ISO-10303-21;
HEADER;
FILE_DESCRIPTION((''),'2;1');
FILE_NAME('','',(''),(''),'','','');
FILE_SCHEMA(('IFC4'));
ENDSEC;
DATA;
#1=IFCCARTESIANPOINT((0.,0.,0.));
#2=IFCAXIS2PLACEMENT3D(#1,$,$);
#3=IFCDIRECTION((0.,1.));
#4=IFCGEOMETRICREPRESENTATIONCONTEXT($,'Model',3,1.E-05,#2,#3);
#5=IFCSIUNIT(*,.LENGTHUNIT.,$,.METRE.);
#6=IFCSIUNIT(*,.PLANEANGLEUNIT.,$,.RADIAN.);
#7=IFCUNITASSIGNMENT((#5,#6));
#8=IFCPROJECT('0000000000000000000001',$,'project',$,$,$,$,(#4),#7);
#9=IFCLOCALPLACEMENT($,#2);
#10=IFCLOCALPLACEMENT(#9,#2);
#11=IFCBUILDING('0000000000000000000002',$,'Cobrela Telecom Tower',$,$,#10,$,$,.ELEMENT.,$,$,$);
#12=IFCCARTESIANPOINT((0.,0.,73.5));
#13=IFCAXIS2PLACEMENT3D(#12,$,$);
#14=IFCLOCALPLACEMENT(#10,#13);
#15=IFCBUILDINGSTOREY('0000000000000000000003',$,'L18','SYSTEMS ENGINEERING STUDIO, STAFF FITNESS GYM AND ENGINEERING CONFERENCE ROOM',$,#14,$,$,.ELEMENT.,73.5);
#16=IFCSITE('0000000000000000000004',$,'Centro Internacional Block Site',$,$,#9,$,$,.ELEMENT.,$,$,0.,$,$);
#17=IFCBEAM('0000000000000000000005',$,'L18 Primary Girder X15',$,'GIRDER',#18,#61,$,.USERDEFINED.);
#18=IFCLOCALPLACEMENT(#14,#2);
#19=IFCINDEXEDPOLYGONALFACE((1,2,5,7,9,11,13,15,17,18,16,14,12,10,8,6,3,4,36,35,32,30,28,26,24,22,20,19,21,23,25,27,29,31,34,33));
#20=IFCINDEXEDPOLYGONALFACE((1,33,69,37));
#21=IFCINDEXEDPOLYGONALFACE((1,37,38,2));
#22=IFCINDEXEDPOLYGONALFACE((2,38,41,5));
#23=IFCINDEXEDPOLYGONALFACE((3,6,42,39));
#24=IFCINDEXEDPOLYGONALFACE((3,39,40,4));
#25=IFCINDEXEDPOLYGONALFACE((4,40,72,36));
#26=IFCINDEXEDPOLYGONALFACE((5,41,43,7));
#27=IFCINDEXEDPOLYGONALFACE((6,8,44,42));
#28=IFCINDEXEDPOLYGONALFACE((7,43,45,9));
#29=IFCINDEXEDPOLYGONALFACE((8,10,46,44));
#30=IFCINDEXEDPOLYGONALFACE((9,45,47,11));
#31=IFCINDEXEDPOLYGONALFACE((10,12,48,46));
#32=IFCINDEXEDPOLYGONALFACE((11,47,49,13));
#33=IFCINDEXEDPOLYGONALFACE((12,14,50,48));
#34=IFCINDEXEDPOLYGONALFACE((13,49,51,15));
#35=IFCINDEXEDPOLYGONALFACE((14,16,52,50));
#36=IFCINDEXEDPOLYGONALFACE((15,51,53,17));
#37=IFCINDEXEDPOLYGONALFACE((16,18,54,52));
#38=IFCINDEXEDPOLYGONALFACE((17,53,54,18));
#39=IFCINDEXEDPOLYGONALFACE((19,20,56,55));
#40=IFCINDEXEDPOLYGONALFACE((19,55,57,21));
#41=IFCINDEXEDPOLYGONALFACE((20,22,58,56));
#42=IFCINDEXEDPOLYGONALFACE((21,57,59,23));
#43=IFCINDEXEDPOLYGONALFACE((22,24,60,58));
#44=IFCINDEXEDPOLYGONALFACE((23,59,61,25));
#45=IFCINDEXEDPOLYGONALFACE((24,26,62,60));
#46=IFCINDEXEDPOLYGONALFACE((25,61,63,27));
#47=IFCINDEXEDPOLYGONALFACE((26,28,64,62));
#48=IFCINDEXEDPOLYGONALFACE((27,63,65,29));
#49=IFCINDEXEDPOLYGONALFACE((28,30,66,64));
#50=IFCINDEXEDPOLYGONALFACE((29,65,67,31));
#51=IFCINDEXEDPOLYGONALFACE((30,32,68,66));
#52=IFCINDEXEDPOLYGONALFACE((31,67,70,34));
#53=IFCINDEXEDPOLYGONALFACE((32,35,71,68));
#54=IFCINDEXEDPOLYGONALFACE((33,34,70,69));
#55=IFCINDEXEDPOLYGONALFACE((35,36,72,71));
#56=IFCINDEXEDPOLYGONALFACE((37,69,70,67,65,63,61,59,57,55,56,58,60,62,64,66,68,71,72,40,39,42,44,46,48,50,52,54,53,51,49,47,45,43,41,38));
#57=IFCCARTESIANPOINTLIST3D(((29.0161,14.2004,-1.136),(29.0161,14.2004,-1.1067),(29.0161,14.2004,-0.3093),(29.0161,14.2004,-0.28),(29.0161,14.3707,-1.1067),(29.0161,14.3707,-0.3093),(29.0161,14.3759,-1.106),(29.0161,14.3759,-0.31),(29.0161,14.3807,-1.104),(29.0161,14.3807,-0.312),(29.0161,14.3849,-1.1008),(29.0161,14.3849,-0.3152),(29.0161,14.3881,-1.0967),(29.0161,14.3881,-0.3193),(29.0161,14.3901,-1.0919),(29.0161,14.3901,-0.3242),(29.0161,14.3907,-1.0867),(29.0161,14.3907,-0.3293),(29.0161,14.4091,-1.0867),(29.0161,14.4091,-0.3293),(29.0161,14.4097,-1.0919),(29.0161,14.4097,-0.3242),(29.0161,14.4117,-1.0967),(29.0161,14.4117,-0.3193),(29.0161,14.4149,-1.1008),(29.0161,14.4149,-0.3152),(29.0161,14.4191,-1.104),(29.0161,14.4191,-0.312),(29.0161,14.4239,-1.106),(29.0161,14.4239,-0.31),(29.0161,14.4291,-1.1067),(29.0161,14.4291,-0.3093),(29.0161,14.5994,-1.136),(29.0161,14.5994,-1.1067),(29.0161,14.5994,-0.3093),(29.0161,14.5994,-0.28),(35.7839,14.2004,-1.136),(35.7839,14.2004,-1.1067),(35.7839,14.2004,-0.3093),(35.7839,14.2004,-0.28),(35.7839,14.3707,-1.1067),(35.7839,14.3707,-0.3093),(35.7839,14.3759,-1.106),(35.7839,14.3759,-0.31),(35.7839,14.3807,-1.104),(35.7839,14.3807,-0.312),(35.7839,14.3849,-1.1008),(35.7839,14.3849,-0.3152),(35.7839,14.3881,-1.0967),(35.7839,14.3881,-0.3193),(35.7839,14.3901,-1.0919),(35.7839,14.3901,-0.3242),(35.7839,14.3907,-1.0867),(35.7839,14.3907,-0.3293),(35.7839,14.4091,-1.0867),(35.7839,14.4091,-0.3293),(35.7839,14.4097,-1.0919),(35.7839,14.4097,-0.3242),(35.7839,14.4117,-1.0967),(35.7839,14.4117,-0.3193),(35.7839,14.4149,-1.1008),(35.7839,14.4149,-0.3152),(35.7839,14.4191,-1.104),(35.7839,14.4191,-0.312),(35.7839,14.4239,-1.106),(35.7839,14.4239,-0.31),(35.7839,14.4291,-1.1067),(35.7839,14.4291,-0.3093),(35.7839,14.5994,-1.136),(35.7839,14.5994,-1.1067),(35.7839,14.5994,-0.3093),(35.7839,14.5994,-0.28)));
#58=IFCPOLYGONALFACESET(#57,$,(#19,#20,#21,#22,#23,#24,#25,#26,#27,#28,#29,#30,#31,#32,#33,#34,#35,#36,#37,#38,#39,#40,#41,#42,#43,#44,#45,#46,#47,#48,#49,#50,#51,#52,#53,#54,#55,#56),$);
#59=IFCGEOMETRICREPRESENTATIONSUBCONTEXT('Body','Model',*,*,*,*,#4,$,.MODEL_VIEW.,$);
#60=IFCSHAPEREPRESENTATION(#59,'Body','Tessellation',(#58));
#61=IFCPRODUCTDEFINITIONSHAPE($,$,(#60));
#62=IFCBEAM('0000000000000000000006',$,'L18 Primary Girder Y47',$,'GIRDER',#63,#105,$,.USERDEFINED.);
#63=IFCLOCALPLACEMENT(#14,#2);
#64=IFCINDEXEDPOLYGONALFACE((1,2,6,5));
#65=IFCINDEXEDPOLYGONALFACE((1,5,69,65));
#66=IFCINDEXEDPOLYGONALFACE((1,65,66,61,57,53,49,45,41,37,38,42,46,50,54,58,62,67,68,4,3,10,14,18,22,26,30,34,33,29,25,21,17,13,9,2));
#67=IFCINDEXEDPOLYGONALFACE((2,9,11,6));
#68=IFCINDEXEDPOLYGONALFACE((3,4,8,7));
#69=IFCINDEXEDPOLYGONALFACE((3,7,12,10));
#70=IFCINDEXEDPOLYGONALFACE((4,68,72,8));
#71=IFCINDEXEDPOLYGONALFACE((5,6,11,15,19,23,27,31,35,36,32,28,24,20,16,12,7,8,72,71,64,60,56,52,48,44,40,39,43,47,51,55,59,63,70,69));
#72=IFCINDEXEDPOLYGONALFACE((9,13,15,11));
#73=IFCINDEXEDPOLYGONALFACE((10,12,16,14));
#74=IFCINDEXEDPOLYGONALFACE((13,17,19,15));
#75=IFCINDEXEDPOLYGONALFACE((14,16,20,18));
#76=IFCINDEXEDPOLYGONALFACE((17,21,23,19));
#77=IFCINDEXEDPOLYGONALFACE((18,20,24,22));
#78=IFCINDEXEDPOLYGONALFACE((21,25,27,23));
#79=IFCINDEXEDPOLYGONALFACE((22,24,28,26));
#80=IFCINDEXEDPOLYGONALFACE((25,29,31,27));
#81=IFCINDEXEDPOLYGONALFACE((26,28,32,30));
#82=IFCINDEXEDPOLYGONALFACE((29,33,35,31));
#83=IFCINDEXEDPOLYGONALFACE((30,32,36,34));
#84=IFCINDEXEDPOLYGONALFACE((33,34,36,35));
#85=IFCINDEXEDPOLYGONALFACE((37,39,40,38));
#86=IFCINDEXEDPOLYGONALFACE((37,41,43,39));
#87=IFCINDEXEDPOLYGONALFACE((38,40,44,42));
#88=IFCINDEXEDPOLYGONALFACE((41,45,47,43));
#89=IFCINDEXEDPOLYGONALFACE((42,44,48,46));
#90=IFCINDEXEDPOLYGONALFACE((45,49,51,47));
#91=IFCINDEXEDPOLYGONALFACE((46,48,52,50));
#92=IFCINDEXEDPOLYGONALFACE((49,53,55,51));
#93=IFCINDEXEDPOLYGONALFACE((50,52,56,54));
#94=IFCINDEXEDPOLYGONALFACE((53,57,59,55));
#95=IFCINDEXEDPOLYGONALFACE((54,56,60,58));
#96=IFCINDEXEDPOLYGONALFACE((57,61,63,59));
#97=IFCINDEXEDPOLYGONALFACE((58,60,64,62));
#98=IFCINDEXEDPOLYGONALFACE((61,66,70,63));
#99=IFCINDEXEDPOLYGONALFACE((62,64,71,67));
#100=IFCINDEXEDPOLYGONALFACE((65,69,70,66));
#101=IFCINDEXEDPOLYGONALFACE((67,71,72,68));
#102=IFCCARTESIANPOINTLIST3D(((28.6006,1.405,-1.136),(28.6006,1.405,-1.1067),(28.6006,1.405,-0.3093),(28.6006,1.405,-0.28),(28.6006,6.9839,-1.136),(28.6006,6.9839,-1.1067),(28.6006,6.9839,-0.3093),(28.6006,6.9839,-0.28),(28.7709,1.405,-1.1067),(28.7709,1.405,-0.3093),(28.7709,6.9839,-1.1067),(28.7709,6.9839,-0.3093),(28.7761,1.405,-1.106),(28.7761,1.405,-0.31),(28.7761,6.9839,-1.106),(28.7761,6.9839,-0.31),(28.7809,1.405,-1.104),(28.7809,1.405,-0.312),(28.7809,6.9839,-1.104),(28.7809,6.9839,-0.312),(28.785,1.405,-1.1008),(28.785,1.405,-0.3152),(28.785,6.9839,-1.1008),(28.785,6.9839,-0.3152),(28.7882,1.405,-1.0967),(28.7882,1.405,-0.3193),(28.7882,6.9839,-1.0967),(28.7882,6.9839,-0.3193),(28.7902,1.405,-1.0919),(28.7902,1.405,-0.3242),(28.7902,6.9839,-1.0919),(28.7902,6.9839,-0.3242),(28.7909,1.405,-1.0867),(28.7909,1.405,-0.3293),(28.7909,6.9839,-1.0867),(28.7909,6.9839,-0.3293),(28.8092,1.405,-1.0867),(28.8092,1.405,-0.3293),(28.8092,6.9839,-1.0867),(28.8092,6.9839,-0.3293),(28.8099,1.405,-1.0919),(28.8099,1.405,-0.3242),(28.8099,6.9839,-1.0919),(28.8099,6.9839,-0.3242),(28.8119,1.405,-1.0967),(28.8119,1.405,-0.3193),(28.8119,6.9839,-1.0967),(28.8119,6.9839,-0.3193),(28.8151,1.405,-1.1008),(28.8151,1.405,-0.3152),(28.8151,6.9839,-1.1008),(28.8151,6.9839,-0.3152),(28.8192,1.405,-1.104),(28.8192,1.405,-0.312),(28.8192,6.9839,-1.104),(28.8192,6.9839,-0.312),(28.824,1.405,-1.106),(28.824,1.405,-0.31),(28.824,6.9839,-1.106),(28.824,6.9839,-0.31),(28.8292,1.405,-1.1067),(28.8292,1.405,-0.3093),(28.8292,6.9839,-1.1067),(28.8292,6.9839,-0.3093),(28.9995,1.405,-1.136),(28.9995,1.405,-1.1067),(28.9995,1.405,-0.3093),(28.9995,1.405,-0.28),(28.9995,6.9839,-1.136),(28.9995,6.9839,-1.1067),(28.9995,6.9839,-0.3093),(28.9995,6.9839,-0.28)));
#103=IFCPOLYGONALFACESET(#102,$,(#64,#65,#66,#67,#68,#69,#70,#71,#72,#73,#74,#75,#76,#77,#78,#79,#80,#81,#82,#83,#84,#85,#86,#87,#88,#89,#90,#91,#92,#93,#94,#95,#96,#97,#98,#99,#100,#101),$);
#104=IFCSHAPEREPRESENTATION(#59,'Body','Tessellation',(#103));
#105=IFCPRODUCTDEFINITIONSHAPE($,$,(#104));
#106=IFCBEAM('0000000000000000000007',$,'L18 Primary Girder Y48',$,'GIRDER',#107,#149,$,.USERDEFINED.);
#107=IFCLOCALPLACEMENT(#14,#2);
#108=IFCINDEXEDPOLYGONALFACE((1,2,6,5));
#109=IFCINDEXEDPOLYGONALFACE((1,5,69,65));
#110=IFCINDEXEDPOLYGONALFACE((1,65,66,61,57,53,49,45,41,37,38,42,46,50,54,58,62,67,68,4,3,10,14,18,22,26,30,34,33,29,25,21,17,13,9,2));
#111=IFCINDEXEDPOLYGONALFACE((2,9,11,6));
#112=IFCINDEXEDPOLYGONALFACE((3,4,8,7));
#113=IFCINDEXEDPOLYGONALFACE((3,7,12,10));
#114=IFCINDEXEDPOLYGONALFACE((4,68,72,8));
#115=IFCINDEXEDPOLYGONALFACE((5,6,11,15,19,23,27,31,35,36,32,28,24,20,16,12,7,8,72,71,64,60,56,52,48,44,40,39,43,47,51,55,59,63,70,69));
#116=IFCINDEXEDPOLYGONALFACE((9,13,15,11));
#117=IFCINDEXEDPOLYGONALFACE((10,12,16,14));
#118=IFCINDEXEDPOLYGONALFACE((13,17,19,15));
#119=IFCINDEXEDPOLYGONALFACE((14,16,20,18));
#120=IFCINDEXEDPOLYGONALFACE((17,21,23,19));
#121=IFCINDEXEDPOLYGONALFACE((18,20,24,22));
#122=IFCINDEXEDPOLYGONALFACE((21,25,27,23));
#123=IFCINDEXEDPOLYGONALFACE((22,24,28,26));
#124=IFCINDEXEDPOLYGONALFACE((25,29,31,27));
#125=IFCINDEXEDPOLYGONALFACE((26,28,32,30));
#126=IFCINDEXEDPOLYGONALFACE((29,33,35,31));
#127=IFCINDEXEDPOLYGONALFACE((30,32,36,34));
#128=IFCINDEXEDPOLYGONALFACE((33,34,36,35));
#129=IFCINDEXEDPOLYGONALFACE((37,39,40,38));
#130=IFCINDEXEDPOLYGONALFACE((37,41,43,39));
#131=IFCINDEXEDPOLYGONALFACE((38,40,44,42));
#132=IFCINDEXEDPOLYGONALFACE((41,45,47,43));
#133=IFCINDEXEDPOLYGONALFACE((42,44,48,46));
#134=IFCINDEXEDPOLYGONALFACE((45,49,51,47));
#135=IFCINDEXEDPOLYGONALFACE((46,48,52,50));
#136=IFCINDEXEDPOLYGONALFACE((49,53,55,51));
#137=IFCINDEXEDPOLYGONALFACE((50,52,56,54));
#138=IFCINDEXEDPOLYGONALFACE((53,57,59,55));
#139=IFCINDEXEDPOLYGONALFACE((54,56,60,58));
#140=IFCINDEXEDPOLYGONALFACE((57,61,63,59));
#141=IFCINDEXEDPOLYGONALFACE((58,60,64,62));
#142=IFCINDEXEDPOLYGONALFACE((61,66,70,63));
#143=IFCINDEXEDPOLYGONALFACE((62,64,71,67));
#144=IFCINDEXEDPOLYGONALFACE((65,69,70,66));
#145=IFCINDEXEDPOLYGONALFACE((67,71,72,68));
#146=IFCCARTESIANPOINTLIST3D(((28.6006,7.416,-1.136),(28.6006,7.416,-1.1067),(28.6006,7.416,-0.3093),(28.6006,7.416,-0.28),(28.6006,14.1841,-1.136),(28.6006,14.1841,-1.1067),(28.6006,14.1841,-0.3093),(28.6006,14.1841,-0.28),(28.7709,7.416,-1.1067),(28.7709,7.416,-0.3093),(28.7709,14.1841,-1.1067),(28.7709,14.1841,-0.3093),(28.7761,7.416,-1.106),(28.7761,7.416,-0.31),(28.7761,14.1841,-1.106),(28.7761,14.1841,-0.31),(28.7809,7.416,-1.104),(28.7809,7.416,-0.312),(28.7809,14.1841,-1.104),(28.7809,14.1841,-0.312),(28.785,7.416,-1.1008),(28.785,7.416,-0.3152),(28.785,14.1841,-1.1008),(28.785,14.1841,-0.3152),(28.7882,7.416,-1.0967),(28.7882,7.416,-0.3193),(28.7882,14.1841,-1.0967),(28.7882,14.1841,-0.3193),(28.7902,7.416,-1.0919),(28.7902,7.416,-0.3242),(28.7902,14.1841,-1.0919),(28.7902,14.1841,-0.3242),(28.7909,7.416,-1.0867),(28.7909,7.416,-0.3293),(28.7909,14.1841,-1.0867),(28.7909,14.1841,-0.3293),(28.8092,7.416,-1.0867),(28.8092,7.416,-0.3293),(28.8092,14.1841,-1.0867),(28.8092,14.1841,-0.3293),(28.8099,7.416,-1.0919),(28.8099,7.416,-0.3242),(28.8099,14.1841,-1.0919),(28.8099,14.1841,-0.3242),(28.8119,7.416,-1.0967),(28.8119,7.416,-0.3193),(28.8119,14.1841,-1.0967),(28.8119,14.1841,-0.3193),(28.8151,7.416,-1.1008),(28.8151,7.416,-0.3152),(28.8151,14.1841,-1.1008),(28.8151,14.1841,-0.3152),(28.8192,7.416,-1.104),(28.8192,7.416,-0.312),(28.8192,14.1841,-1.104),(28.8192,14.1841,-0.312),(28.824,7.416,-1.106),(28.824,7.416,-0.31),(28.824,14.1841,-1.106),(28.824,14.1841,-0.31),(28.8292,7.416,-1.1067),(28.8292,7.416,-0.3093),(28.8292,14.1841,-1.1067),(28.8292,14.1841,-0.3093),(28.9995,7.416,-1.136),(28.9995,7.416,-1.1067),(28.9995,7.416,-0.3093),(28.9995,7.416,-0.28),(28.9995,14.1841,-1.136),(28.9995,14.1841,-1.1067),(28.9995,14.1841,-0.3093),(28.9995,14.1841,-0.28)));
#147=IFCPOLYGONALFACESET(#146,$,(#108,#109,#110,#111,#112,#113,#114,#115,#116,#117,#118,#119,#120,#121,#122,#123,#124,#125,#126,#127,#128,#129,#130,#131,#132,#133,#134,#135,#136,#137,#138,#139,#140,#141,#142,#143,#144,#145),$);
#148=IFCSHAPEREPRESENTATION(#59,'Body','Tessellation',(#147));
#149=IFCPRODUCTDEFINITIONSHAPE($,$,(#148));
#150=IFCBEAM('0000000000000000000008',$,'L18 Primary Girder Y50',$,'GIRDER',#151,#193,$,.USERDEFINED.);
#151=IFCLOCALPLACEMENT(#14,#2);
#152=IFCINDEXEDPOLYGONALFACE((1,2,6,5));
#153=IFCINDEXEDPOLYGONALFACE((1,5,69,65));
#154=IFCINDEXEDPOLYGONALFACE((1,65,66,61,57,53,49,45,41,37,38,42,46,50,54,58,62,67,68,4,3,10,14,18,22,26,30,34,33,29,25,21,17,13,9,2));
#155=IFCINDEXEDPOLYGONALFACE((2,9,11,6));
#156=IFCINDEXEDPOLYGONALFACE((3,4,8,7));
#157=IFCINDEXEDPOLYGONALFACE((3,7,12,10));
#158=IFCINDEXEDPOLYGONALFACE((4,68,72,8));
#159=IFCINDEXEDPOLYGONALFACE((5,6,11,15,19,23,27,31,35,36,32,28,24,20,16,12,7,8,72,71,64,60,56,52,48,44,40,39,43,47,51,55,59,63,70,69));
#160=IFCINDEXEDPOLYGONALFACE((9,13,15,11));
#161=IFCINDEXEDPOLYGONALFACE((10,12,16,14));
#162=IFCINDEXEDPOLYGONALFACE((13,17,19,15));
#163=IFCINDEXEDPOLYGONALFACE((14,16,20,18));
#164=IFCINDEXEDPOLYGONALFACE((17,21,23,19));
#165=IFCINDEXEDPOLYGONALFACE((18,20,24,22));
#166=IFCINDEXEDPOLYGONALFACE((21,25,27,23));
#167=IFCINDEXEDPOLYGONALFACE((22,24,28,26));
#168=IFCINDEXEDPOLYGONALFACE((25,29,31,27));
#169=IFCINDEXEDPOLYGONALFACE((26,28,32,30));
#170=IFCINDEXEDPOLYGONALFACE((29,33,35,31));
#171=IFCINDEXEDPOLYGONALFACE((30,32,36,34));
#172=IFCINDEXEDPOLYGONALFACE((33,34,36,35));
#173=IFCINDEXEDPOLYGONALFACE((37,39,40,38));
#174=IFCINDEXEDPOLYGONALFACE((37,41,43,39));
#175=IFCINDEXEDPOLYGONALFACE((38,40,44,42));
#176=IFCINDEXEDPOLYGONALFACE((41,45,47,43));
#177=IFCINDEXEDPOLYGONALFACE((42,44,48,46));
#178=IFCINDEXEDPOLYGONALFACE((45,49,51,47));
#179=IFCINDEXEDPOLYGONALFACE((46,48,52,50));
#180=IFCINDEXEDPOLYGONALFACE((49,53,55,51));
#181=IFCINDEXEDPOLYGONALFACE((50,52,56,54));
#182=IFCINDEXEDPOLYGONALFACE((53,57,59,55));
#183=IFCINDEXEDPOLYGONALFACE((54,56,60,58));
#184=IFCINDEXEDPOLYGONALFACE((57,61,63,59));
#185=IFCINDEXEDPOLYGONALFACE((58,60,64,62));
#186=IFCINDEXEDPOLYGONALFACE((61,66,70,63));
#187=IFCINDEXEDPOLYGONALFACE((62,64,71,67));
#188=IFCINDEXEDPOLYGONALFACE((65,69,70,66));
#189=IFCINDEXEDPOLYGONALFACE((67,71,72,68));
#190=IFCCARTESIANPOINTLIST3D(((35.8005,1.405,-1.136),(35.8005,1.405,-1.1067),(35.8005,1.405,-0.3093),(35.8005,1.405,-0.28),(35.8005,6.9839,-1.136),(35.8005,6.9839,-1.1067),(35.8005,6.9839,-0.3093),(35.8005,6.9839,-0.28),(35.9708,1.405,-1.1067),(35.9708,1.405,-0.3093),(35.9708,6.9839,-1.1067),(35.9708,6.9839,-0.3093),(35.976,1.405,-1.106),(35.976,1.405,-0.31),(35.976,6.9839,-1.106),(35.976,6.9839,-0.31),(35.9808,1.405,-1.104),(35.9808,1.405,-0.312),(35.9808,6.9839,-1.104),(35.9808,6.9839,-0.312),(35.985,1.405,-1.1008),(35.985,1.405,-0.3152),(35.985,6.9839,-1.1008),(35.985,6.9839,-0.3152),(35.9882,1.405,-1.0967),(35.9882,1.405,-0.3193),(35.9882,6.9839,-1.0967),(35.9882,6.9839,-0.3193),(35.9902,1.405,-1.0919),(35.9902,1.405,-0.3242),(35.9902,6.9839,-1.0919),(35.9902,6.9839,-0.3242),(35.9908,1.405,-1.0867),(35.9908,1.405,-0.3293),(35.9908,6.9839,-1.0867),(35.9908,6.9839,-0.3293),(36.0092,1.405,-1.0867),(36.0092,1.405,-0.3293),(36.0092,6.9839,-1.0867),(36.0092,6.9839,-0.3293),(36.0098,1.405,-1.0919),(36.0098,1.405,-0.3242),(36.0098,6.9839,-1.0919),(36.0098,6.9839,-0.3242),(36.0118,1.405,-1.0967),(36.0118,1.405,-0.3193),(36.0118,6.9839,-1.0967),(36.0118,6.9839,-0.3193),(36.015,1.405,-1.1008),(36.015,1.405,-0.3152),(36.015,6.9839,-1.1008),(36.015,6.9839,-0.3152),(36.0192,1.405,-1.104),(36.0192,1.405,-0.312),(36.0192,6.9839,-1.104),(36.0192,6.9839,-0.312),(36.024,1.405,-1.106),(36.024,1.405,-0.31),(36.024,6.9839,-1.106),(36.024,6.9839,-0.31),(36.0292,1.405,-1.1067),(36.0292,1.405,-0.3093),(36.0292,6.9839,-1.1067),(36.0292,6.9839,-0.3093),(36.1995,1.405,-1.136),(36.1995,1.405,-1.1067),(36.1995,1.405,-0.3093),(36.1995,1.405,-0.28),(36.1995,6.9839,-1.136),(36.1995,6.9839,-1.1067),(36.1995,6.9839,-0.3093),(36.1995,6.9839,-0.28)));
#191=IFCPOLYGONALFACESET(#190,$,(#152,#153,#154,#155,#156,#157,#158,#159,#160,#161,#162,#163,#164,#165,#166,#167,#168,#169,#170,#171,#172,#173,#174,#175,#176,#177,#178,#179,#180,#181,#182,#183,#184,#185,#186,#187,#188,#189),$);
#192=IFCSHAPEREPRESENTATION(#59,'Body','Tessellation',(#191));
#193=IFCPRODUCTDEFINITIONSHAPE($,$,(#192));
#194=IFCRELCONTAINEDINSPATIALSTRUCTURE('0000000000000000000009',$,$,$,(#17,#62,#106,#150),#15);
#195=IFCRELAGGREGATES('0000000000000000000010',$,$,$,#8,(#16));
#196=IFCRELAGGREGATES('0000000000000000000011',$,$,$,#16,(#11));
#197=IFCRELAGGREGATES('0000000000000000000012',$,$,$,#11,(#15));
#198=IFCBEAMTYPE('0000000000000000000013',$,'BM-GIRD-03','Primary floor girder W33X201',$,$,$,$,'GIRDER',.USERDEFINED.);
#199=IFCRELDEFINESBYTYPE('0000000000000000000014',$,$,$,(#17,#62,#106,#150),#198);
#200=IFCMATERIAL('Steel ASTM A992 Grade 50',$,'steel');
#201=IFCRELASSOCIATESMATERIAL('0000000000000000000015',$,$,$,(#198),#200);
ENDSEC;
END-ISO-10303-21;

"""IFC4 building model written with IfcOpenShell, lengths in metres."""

from ifc_helpers import new_model, si_unit, direction, frame, origin, origin_2d, place, context, subcontext, project, spatial, i_section, extrude, material, material_profile, profile_set, type_object, element, save


model = new_model("IFC4")

# Units and contexts
model_context = context("Model", 3, precision=1e-05, world=origin(), true_north=direction((0.0, 1.0)))
body_context = subcontext(model_context, "Body", "Model", "MODEL_VIEW")
ifc_project = project(units=[si_unit("LENGTHUNIT", "METRE"), si_unit("PLANEANGLEUNIT", "RADIAN")], contexts=[model_context])

# Site, building, storey
site_placement = place(None, origin())
site = spatial("IfcSite", under=ifc_project, at=site_placement, Name="Centro Internacional Block Site", CompositionType="ELEMENT", RefElevation=0.0)
building_placement = place(site_placement, origin())
building = spatial("IfcBuilding", under=site, at=building_placement, Name="Cobrela Telecom Tower", CompositionType="ELEMENT")
storey_placement = place(building_placement, frame((0.0, 0.0, 73.5)))
storey = spatial("IfcBuildingStorey", under=building, at=storey_placement, Name="L18", Description="SYSTEMS ENGINEERING STUDIO, STAFF FITNESS GYM AND ENGINEERING CONFERENCE ROOM", CompositionType="ELEMENT", Elevation=73.5)

# Shared definitions
ifc_material_1 = material(Name="Steel ASTM A992 Grade 50", Category="steel")

# Beams
ifc_material_profile_1 = material_profile(ifc_material_1, i_section(OverallWidth=0.3989, OverallDepth=0.856, WebThickness=0.0183, FlangeThickness=0.0293, FilletRadius=0.02, at=origin_2d()), Name="W33X201")
ifc_profile_set_1 = profile_set([ifc_material_profile_1], Name="Steel ASTM A992 Grade 50")
beam_type_1 = type_object("IfcBeamType", Name="BM-GIRD-03", Description="Primary floor girder W33X201", ElementType="GIRDER", PredefinedType="USERDEFINED", material=ifc_profile_set_1)
for number, where, z_axis, x_axis, name in (
    (1, (29.0161, 14.3999, -0.708), (1.0, 0.0, 0.0), (0.0, 1.0, 0.0), "L18 Primary Girder X15"),
):
    element("IfcBeam", number, at=place(storey_placement, frame(where, z_axis=z_axis, x_axis=x_axis)), inside=storey, type_object=beam_type_1, Name=name, ObjectType="GIRDER", PredefinedType="USERDEFINED", context=body_context, shape_type="SweptSolid", body=[
        extrude(i_section(OverallWidth=0.3989, OverallDepth=0.856, WebThickness=0.0183, FlangeThickness=0.0293, FilletRadius=0.02, at=origin_2d()), origin(), (0.0, 0.0, 1.0), 6.7678),
    ])
beam_1_placement = place(storey_placement, frame((28.8, 1.405, -0.708), z_axis=(0.0, 1.0, 0.0), x_axis=(-1.0, 0.0, 0.0)))
element("IfcBeam", 2, at=beam_1_placement, inside=storey, type_object=beam_type_1, Name="L18 Primary Girder Y47", ObjectType="GIRDER", PredefinedType="USERDEFINED", context=body_context, shape_type="SweptSolid", body=[
    extrude(i_section(OverallWidth=0.3989, OverallDepth=0.856, WebThickness=0.0183, FlangeThickness=0.0293, FilletRadius=0.02, at=origin_2d()), origin(), (0.0, 0.0, 1.0), 5.5789),
])
beam_2_placement = place(storey_placement, frame((28.8, 7.416, -0.708), z_axis=(0.0, 1.0, 0.0), x_axis=(-1.0, 0.0, 0.0)))
element("IfcBeam", 3, at=beam_2_placement, inside=storey, type_object=beam_type_1, Name="L18 Primary Girder Y48", ObjectType="GIRDER", PredefinedType="USERDEFINED", context=body_context, shape_type="SweptSolid", body=[
    extrude(i_section(OverallWidth=0.3989, OverallDepth=0.856, WebThickness=0.0183, FlangeThickness=0.0293, FilletRadius=0.02, at=origin_2d()), origin(), (0.0, 0.0, 1.0), 6.7681),
])
beam_3_placement = place(storey_placement, frame((36.0, 1.405, -0.708), z_axis=(0.0, 1.0, 0.0), x_axis=(-1.0, 0.0, 0.0)))
element("IfcBeam", 4, at=beam_3_placement, inside=storey, type_object=beam_type_1, Name="L18 Primary Girder Y50", ObjectType="GIRDER", PredefinedType="USERDEFINED", context=body_context, shape_type="SweptSolid", body=[
    extrude(i_section(OverallWidth=0.3989, OverallDepth=0.856, WebThickness=0.0183, FlangeThickness=0.0293, FilletRadius=0.02, at=origin_2d()), origin(), (0.0, 0.0, 1.0), 5.5789),
])

save(model, "model.ifc")
